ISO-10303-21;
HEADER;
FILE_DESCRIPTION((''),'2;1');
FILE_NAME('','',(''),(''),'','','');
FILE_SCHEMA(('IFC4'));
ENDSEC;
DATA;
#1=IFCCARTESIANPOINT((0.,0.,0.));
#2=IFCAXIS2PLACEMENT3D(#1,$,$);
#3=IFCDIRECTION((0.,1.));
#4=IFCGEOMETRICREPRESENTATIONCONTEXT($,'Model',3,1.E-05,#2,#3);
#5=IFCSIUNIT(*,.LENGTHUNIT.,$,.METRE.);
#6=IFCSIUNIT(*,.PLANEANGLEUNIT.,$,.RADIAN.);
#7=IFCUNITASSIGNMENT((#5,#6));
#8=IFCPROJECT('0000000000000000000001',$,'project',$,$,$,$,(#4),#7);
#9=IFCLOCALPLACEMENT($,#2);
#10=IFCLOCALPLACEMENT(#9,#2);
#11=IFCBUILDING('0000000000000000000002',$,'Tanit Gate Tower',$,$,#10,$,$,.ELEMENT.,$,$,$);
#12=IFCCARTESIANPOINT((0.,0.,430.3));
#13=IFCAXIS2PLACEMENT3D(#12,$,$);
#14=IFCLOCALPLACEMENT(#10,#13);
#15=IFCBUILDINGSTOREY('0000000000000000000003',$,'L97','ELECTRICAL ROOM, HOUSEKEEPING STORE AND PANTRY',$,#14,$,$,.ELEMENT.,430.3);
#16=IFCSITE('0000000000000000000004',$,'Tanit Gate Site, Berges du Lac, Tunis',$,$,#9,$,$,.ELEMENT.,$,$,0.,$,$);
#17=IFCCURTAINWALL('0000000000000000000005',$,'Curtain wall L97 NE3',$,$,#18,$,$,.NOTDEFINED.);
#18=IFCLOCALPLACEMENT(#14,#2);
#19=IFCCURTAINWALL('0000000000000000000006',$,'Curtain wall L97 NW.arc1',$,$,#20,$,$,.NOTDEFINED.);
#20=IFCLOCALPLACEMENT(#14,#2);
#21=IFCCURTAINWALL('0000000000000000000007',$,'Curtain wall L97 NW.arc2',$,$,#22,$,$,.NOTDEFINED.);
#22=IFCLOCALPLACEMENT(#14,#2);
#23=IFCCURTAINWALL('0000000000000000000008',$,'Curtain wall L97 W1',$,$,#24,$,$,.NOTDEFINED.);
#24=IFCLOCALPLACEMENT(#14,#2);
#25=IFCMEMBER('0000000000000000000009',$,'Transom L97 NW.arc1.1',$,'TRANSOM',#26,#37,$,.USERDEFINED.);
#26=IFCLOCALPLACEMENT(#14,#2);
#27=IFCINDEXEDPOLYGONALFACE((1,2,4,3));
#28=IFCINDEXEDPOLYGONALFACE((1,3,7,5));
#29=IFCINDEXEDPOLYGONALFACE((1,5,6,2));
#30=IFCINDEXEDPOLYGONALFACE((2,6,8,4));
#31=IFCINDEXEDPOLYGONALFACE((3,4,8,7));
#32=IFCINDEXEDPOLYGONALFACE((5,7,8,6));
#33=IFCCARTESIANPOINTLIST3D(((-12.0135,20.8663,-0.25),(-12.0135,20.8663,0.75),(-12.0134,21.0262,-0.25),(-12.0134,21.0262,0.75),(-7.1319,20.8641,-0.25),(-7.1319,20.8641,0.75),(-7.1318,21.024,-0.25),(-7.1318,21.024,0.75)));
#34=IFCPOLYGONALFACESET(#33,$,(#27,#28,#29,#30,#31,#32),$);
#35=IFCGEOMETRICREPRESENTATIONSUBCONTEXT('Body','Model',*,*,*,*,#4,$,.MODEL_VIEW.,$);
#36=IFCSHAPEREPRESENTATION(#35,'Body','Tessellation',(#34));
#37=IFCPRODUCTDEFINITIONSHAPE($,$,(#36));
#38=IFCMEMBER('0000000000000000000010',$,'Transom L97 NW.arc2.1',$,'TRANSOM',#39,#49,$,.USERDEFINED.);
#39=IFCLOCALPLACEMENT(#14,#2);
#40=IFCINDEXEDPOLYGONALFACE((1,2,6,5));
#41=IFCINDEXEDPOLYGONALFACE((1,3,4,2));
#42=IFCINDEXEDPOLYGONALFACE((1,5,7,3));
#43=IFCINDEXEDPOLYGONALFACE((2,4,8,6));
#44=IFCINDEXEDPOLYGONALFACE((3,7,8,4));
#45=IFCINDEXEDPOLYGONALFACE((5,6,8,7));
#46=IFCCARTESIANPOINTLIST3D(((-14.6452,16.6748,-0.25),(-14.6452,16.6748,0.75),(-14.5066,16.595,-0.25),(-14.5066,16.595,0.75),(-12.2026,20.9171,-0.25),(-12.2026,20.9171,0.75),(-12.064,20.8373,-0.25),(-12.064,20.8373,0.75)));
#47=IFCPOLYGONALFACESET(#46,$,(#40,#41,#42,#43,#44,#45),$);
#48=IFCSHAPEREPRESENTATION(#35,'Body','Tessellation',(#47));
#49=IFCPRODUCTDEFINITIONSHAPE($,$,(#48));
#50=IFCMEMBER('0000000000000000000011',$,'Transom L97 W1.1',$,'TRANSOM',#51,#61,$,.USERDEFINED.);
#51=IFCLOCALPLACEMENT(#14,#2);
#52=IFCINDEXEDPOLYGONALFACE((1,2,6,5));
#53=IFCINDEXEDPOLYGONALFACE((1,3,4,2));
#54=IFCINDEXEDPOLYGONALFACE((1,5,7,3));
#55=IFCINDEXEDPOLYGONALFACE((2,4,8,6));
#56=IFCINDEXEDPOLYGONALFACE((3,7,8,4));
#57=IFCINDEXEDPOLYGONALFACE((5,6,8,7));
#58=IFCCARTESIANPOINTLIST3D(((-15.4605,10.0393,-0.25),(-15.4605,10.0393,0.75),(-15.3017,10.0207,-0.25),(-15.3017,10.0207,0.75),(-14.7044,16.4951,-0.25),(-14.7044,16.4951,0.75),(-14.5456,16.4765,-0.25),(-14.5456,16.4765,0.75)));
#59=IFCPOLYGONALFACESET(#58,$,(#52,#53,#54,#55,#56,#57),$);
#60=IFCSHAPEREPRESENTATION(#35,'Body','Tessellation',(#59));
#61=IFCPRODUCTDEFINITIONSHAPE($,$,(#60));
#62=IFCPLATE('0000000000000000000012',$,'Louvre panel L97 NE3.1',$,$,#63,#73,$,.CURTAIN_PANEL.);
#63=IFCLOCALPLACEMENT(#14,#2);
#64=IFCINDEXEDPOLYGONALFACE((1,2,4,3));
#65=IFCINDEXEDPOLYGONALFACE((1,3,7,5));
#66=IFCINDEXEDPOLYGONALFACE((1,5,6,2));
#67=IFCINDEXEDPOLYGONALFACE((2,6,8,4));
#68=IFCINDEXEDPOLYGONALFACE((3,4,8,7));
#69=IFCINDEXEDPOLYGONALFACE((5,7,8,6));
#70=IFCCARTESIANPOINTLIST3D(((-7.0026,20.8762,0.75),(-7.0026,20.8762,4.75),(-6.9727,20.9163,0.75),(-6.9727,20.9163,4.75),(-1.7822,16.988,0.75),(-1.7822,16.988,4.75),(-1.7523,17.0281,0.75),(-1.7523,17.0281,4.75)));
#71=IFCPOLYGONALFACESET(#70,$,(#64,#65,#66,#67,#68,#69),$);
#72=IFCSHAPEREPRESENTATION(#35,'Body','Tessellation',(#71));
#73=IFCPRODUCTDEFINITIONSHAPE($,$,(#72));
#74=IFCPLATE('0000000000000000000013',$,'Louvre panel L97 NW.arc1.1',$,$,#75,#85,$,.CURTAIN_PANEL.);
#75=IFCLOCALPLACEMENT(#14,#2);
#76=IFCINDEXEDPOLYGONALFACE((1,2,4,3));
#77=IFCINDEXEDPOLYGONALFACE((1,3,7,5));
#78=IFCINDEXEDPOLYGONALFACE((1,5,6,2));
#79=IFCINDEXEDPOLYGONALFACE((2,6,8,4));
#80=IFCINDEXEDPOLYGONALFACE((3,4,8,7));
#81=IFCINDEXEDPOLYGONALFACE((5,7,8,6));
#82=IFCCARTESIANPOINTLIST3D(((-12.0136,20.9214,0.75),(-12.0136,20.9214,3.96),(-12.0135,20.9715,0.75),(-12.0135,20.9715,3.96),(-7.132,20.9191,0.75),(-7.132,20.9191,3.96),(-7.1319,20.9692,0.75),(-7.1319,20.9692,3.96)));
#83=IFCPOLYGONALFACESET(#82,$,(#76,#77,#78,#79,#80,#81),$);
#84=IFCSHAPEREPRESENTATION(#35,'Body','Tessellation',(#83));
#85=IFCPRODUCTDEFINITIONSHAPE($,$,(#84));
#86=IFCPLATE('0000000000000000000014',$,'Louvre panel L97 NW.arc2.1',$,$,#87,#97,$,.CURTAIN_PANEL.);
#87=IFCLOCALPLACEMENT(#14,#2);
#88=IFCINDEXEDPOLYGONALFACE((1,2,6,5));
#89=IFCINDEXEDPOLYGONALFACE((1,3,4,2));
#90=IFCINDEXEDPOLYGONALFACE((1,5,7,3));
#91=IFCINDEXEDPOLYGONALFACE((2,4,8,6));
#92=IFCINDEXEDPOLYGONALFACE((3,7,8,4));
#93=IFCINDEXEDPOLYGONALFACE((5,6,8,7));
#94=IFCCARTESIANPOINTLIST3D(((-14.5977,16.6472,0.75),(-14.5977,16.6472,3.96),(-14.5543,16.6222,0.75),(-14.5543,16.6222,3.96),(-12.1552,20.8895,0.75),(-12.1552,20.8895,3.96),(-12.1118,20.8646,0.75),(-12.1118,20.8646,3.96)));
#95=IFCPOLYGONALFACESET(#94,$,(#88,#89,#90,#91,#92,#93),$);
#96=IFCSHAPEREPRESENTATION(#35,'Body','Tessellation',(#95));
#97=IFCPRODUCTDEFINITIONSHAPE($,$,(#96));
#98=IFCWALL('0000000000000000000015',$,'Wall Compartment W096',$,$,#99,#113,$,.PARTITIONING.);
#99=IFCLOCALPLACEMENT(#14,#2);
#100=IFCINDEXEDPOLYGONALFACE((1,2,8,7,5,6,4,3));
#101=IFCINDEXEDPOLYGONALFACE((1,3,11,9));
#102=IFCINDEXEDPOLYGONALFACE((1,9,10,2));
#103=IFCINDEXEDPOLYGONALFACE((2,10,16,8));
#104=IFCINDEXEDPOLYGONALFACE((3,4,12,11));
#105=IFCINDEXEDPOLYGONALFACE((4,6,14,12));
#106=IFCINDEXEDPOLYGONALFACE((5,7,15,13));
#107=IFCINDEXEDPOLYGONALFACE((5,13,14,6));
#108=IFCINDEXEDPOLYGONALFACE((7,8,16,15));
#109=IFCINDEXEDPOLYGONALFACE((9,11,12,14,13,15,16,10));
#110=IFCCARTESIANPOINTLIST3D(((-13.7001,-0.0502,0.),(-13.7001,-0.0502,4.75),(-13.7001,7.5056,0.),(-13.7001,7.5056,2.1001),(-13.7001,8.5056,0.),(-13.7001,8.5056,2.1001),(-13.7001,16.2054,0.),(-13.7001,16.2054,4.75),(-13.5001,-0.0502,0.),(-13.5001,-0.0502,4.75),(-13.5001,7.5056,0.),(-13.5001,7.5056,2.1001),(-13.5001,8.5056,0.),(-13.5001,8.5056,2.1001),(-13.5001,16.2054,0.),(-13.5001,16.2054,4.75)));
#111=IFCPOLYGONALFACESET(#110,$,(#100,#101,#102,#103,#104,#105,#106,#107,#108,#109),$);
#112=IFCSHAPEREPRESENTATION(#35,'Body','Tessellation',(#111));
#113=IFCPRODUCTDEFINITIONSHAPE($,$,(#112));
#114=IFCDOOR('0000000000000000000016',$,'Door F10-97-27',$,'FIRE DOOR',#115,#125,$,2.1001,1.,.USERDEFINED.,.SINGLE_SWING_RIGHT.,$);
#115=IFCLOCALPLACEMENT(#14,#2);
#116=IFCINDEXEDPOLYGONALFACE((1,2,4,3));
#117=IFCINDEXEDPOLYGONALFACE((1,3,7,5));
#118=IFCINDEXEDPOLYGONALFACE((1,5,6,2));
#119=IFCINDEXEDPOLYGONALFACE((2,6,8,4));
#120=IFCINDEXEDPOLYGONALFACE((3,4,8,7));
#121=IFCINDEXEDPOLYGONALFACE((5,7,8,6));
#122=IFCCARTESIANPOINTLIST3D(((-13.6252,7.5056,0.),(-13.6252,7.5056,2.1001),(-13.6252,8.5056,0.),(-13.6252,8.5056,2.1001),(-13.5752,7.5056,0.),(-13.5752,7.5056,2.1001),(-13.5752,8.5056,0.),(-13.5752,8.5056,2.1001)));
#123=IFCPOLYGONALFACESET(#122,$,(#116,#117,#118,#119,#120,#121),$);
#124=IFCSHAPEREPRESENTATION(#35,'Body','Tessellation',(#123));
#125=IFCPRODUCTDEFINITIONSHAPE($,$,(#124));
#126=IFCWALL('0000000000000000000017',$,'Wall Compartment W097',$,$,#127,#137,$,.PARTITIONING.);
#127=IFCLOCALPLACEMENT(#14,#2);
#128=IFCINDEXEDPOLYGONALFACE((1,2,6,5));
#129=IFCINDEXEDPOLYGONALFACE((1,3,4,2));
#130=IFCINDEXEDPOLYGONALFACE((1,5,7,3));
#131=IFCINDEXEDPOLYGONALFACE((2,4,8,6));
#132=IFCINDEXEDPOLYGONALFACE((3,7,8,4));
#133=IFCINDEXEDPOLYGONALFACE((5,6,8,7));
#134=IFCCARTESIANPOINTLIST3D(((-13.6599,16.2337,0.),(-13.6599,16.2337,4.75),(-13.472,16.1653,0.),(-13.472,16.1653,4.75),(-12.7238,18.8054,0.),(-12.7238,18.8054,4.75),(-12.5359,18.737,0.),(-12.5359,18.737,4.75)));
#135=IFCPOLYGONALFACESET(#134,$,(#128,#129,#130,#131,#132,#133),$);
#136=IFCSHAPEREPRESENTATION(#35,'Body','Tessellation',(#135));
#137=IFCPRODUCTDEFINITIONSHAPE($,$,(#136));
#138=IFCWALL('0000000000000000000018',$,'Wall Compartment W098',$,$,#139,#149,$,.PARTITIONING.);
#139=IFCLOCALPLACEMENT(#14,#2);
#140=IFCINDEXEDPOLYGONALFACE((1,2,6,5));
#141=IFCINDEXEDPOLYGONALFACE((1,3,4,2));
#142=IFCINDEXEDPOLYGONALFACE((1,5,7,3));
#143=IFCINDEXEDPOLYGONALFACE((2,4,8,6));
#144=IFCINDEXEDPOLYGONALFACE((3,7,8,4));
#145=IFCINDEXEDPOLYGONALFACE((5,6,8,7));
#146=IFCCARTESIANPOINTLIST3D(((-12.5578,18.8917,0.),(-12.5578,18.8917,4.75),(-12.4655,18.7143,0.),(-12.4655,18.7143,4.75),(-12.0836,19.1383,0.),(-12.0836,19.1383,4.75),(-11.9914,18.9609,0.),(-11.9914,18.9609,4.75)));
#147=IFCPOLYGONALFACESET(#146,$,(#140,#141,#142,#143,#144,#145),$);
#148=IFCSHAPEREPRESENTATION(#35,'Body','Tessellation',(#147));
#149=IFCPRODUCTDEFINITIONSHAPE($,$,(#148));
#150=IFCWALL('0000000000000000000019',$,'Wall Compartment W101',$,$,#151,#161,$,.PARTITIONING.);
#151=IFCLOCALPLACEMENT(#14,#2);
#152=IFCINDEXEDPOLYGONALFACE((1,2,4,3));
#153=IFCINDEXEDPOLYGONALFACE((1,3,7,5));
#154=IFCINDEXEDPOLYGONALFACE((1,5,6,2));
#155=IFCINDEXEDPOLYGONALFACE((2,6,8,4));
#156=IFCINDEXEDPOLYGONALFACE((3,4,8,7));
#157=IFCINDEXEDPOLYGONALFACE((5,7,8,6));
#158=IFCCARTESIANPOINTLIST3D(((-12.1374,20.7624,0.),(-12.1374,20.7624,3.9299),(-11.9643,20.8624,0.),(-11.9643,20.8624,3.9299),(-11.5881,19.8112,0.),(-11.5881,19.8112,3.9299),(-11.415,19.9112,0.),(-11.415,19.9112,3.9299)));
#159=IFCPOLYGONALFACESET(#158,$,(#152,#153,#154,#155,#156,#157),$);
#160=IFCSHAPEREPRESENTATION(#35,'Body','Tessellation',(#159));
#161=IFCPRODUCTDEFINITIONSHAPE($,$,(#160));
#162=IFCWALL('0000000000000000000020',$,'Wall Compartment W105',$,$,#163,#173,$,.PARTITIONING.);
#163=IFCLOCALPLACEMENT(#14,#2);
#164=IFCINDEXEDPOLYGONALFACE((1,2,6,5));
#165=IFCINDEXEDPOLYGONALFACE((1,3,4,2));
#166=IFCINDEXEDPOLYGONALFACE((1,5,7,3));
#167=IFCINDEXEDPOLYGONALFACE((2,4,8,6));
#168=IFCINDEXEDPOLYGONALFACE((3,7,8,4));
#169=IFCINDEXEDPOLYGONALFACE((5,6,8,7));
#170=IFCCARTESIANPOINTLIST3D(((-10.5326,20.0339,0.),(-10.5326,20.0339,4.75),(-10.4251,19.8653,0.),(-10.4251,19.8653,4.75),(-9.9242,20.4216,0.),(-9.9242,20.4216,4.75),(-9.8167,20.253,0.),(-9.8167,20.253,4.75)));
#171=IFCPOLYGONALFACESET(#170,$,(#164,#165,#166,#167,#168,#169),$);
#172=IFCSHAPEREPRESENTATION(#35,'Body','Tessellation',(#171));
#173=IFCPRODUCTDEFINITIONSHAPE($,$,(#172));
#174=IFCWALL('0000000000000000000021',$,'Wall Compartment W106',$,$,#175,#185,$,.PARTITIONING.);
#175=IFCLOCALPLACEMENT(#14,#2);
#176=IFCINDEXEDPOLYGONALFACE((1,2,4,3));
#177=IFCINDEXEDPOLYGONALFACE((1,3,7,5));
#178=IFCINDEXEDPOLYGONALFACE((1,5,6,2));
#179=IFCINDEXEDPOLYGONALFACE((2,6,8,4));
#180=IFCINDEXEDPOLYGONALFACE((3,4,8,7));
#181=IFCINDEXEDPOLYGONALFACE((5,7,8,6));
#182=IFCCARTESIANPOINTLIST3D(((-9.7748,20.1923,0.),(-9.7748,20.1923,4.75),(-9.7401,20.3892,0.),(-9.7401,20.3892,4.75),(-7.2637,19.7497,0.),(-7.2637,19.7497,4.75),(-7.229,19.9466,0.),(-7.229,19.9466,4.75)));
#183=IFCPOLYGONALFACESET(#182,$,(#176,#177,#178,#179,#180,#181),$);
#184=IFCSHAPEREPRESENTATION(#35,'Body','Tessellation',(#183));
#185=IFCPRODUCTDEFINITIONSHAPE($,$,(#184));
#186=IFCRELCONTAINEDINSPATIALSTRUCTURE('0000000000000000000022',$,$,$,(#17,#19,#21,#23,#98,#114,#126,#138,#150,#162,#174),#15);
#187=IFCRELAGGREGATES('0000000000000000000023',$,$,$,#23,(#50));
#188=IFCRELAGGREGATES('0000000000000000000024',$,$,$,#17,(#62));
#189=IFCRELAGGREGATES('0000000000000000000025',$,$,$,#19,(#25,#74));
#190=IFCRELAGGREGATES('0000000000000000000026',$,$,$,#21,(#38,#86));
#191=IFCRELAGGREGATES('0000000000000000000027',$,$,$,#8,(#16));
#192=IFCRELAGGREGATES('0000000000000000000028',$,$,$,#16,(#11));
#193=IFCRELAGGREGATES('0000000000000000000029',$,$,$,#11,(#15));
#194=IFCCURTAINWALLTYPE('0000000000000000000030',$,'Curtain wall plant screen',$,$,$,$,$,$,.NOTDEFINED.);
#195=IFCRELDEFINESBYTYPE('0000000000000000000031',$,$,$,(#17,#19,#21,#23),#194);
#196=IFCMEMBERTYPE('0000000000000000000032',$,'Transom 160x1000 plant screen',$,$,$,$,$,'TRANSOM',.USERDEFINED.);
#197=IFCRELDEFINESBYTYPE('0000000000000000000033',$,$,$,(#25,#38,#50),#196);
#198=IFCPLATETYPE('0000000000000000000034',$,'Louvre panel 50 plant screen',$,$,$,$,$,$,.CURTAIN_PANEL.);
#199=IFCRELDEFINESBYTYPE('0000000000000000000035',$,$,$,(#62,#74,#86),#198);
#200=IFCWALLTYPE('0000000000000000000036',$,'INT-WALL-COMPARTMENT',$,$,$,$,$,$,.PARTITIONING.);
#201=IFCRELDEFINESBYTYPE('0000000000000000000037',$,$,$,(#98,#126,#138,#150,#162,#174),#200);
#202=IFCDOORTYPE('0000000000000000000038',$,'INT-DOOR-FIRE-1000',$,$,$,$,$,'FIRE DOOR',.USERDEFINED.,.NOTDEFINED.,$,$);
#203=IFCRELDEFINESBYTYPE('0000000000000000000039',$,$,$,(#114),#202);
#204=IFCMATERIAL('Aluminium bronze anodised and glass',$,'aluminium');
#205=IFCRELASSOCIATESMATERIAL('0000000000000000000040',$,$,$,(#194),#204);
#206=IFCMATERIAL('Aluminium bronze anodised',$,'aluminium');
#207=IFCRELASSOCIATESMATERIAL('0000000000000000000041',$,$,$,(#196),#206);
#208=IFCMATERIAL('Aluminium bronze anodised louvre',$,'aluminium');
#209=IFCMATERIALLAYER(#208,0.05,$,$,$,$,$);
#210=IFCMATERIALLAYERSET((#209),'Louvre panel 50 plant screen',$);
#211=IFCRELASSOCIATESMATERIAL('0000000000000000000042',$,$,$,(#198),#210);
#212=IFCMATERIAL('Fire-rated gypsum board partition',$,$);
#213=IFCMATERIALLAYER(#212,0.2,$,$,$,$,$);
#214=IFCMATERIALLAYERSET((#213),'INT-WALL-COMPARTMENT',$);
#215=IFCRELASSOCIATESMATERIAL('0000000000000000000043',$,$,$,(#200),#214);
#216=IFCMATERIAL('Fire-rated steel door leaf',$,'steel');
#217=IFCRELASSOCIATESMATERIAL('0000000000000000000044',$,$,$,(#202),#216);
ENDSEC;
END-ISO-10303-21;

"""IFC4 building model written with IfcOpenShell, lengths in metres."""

from ifc_helpers import new_model, si_unit, direction, frame, frame_2d, origin, origin_2d, place, context, subcontext, project, spatial, rectangle, extrude, material, layer, layer_set, material_profile, profile_set, type_object, element, fill, aggregate, save


model = new_model("IFC4")

# Units and contexts
model_context = context("Model", 3, precision=1e-05, world=origin(), true_north=direction((0.0, 1.0)))
body_context = subcontext(model_context, "Body", "Model", "MODEL_VIEW")
ifc_project = project(units=[si_unit("LENGTHUNIT", "METRE"), si_unit("PLANEANGLEUNIT", "RADIAN")], contexts=[model_context])

# Site, building, storey
site_placement = place(None, origin())
site = spatial("IfcSite", under=ifc_project, at=site_placement, Name="Tanit Gate Site, Berges du Lac, Tunis", CompositionType="ELEMENT", RefElevation=0.0)
building_placement = place(site_placement, origin())
building = spatial("IfcBuilding", under=site, at=building_placement, Name="Tanit Gate Tower", CompositionType="ELEMENT")
storey_placement = place(building_placement, frame((0.0, 0.0, 430.3)))
storey = spatial("IfcBuildingStorey", under=building, at=storey_placement, Name="L97", Description="ELECTRICAL ROOM, HOUSEKEEPING STORE AND PANTRY", CompositionType="ELEMENT", Elevation=430.3)

# Shared definitions
ifc_material_1 = material(Name="Aluminium bronze anodised and glass", Category="aluminium")
curtain_wall_type = type_object("IfcCurtainWallType", Name="Curtain wall plant screen", PredefinedType="NOTDEFINED", material=ifc_material_1)

# Curtain walls
curtain_wall_1_placement = place(storey_placement, origin())
curtain_wall_1 = element("IfcCurtainWall", 1, at=curtain_wall_1_placement, inside=storey, type_object=curtain_wall_type, Name="Curtain wall L97 NE3", PredefinedType="NOTDEFINED")
curtain_wall_2_placement = place(storey_placement, origin())
curtain_wall_2 = element("IfcCurtainWall", 2, at=curtain_wall_2_placement, inside=storey, type_object=curtain_wall_type, Name="Curtain wall L97 NW.arc1", PredefinedType="NOTDEFINED")
curtain_wall_3_placement = place(storey_placement, origin())
curtain_wall_3 = element("IfcCurtainWall", 3, at=curtain_wall_3_placement, inside=storey, type_object=curtain_wall_type, Name="Curtain wall L97 NW.arc2", PredefinedType="NOTDEFINED")

# Curtain wall
curtain_wall_4_placement = place(storey_placement, origin())
curtain_wall_4 = element("IfcCurtainWall", 4, at=curtain_wall_4_placement, inside=storey, type_object=curtain_wall_type, Name="Curtain wall L97 W1", PredefinedType="NOTDEFINED")

# Members
ifc_material_2 = material(Name="Aluminium bronze anodised", Category="aluminium")
ifc_material_profile_1 = material_profile(ifc_material_2, rectangle(XDim=0.1599, YDim=1.0, at=origin_2d()), Name="160x1000 bronze transom")
ifc_profile_set_1 = profile_set([ifc_material_profile_1], Name="Aluminium bronze anodised")
member_type_1 = type_object("IfcMemberType", Name="Transom 160x1000 plant screen", ElementType="TRANSOM", PredefinedType="USERDEFINED", material=ifc_profile_set_1)
member_1_placement = place(storey_placement, frame((-7.1318, 20.9441, 0.25), z_axis=(-1.0, 0.00045, 0.0), x_axis=(-0.00045, -1.0, 0.0)))
member_1 = element("IfcMember", 5, at=member_1_placement, type_object=member_type_1, Name="Transom L97 NW.arc1.1", ObjectType="TRANSOM", PredefinedType="USERDEFINED", context=body_context, shape_type="SweptSolid", body=[
    extrude(rectangle(XDim=0.1599, YDim=1.0, at=origin_2d()), origin(), (0.0, 0.0, 1.0), 4.8816),
])
member_2_placement = place(storey_placement, frame((-12.1333, 20.8772, 0.25), z_axis=(-0.498967, -0.866621, 0.0), x_axis=(0.866621, -0.498967, 0.0)))
member_2 = element("IfcMember", 6, at=member_2_placement, type_object=member_type_1, Name="Transom L97 NW.arc2.1", ObjectType="TRANSOM", PredefinedType="USERDEFINED", context=body_context, shape_type="SweptSolid", body=[
    extrude(rectangle(XDim=0.1599, YDim=1.0, at=origin_2d()), origin(), (0.0, 0.0, 1.0), 4.8953),
])
member_3_placement = place(storey_placement, frame((-14.625, 16.4858, 0.25), z_axis=(-0.116325, -0.993211, 0.0), x_axis=(0.993211, -0.116325, 0.0)))
member_3 = element("IfcMember", 7, at=member_3_placement, type_object=member_type_1, Name="Transom L97 W1.1", ObjectType="TRANSOM", PredefinedType="USERDEFINED", context=body_context, shape_type="SweptSolid", body=[
    extrude(rectangle(XDim=0.1599, YDim=1.0, at=origin_2d()), origin(), (0.0, 0.0, 1.0), 6.5),
])
aggregate(curtain_wall_4, [member_3])

# Plates
ifc_material_3 = material(Name="Aluminium bronze anodised louvre", Category="aluminium")
ifc_layer_1 = layer(ifc_material_3, 0.05)
ifc_layer_set_1 = layer_set([ifc_layer_1], Name="Louvre panel 50 plant screen")
plate_type = type_object("IfcPlateType", Name="Louvre panel 50 plant screen", PredefinedType="CURTAIN_PANEL", material=ifc_layer_set_1)
plate_1_placement = place(storey_placement, frame((-4.3774, 18.9521, 0.75), z_axis=(0.0, 0.0, 1.0), x_axis=(-0.801988, 0.597341, 0.0)))
plate_1 = element("IfcPlate", 8, at=plate_1_placement, type_object=plate_type, Name="Louvre panel L97 NE3.1", PredefinedType="CURTAIN_PANEL", context=body_context, shape_type="SweptSolid", body=[
    extrude(rectangle(XDim=6.5093, YDim=0.05, at=origin_2d()), origin(), (0.0, 0.0, 1.0), 4.0),
])
aggregate(curtain_wall_1, [plate_1])
plate_2_placement = place(storey_placement, frame((-9.5728, 20.9453, 0.75), z_axis=(0.0, 0.0, 1.0), x_axis=(-1.0, 0.000471, 0.0)))
plate_2 = element("IfcPlate", 9, at=plate_2_placement, type_object=plate_type, Name="Louvre panel L97 NW.arc1.1", PredefinedType="CURTAIN_PANEL", context=body_context, shape_type="SweptSolid", body=[
    extrude(rectangle(XDim=4.8816, YDim=0.05, at=origin_2d()), origin(), (0.0, 0.0, 1.0), 3.21),
])
aggregate(curtain_wall_2, [member_1, plate_2])
plate_3_placement = place(storey_placement, frame((-13.3547, 18.7559, 0.75), z_axis=(0.0, 0.0, 1.0), x_axis=(-0.498961, -0.866624, 0.0)))
plate_3 = element("IfcPlate", 10, at=plate_3_placement, type_object=plate_type, Name="Louvre panel L97 NW.arc2.1", PredefinedType="CURTAIN_PANEL", context=body_context, shape_type="SweptSolid", body=[
    extrude(rectangle(XDim=4.8953, YDim=0.05, at=origin_2d()), origin(), (0.0, 0.0, 1.0), 3.21),
])
aggregate(curtain_wall_3, [member_2, plate_3])

# Wall, opening, door
ifc_material_4 = material(Name="Fire-rated gypsum board partition")
ifc_layer_2 = layer(ifc_material_4, 0.2)
ifc_layer_set_2 = layer_set([ifc_layer_2], Name="INT-WALL-COMPARTMENT")
wall_type_1 = type_object("IfcWallType", Name="INT-WALL-COMPARTMENT", PredefinedType="PARTITIONING", material=ifc_layer_set_2)
wall_1_placement = place(storey_placement, frame((-13.6001, 16.2056, 0.0), z_axis=(0.0, 0.0, 1.0), x_axis=(0.0, -1.0, 0.0)))
wall_1 = element("IfcWall", 11, at=wall_1_placement, inside=storey, type_object=wall_type_1, Name="Wall Compartment W096", PredefinedType="PARTITIONING", context=body_context, shape_type="SweptSolid", body=[
    extrude(rectangle(XDim=16.2556, YDim=0.2, at=frame_2d((8.1279, 0.0))), origin(), (0.0, 0.0, 1.0), 4.75),
])
opening_1_placement = place(wall_1_placement, frame((7.7, 0.0, 0.0)))
opening_1 = element("IfcOpeningElement", 12, at=opening_1_placement, cuts=wall_1, PredefinedType="OPENING", context=body_context, shape_type="SweptSolid", body=[
    extrude(rectangle(XDim=1.0, YDim=2.1001, at=frame_2d((0.5, 1.05))), frame((0.0, 0.1099, 0.0), z_axis=(0.0, -1.0, 0.0), x_axis=(1.0, 0.0, 0.0)), (0.0, 0.0, 1.0), 0.22),
])
ifc_material_5 = material(Name="Fire-rated steel door leaf", Category="steel")
door_type_1 = type_object("IfcDoorType", Name="INT-DOOR-FIRE-1000", ElementType="FIRE DOOR", OperationType="NOTDEFINED", PredefinedType="USERDEFINED", material=ifc_material_5)
door_1_placement = place(opening_1_placement, origin())
door_1 = element("IfcDoor", 13, at=door_1_placement, inside=storey, type_object=door_type_1, Name="Door F10-97-27", ObjectType="FIRE DOOR", OperationType="SINGLE_SWING_RIGHT", OverallHeight=2.1001, OverallWidth=1.0, PredefinedType="USERDEFINED", context=body_context, shape_type="SweptSolid", body=[
    extrude(rectangle(XDim=1.0, YDim=2.1001, at=frame_2d((0.5, 1.05))), frame((0.0, 0.0249, 0.0), z_axis=(0.0, -1.0, 0.0), x_axis=(1.0, 0.0, 0.0)), (0.0, 0.0, 1.0), 0.05),
])
fill(opening_1, door_1)

# Walls
wall_2_placement = place(storey_placement, frame((-12.6299, 18.7712, 0.0), z_axis=(0.0, 0.0, 1.0), x_axis=(-0.342015, -0.939694, 0.0)))
element("IfcWall", 14, at=wall_2_placement, inside=storey, type_object=wall_type_1, Name="Wall Compartment W097", PredefinedType="PARTITIONING", context=body_context, shape_type="SweptSolid", body=[
    extrude(rectangle(XDim=2.7368, YDim=0.2, at=frame_2d((1.3684, 0.0))), origin(), (0.0, 0.0, 1.0), 4.75),
])
wall_3_placement = place(storey_placement, frame((-12.0376, 19.0496, 0.0), z_axis=(0.0, 0.0, 1.0), x_axis=(-0.887187, -0.46141, 0.0)))
element("IfcWall", 15, at=wall_3_placement, inside=storey, type_object=wall_type_1, Name="Wall Compartment W098", PredefinedType="PARTITIONING", context=body_context, shape_type="SweptSolid", body=[
    extrude(rectangle(XDim=0.5344, YDim=0.2, at=frame_2d((0.2671, 0.0))), origin(), (0.0, 0.0, 1.0), 4.75),
])
wall_4_placement = place(storey_placement, frame((-11.5015, 19.8611, 0.0), z_axis=(0.0, 0.0, 1.0), x_axis=(-0.500107, 0.865963, 0.0)))
element("IfcWall", 16, at=wall_4_placement, inside=storey, type_object=wall_type_1, Name="Wall Compartment W101", PredefinedType="PARTITIONING", context=body_context, shape_type="SweptSolid", body=[
    extrude(rectangle(XDim=1.0984, YDim=0.2, at=frame_2d((0.5493, 0.0))), origin(), (0.0, 0.0, 1.0), 3.9299),
])
wall_5_placement = place(storey_placement, frame((-9.8704, 20.3374, 0.0), z_axis=(0.0, 0.0, 1.0), x_axis=(-0.843327, -0.537401, 0.0)))
element("IfcWall", 17, at=wall_5_placement, inside=storey, type_object=wall_type_1, Name="Wall Compartment W105", PredefinedType="PARTITIONING", context=body_context, shape_type="SweptSolid", body=[
    extrude(rectangle(XDim=0.7214, YDim=0.2, at=frame_2d((0.3608, 0.0))), origin(), (0.0, 0.0, 1.0), 4.75),
])
wall_6_placement = place(storey_placement, frame((-7.2463, 19.8481, 0.0), z_axis=(0.0, 0.0, 1.0), x_axis=(-0.984816, 0.1736, 0.0)))
element("IfcWall", 18, at=wall_6_placement, inside=storey, type_object=wall_type_1, Name="Wall Compartment W106", PredefinedType="PARTITIONING", context=body_context, shape_type="SweptSolid", body=[
    extrude(rectangle(XDim=2.5498, YDim=0.2, at=frame_2d((1.2749, 0.0))), origin(), (0.0, 0.0, 1.0), 4.75),
])

save(model, "model.ifc")
